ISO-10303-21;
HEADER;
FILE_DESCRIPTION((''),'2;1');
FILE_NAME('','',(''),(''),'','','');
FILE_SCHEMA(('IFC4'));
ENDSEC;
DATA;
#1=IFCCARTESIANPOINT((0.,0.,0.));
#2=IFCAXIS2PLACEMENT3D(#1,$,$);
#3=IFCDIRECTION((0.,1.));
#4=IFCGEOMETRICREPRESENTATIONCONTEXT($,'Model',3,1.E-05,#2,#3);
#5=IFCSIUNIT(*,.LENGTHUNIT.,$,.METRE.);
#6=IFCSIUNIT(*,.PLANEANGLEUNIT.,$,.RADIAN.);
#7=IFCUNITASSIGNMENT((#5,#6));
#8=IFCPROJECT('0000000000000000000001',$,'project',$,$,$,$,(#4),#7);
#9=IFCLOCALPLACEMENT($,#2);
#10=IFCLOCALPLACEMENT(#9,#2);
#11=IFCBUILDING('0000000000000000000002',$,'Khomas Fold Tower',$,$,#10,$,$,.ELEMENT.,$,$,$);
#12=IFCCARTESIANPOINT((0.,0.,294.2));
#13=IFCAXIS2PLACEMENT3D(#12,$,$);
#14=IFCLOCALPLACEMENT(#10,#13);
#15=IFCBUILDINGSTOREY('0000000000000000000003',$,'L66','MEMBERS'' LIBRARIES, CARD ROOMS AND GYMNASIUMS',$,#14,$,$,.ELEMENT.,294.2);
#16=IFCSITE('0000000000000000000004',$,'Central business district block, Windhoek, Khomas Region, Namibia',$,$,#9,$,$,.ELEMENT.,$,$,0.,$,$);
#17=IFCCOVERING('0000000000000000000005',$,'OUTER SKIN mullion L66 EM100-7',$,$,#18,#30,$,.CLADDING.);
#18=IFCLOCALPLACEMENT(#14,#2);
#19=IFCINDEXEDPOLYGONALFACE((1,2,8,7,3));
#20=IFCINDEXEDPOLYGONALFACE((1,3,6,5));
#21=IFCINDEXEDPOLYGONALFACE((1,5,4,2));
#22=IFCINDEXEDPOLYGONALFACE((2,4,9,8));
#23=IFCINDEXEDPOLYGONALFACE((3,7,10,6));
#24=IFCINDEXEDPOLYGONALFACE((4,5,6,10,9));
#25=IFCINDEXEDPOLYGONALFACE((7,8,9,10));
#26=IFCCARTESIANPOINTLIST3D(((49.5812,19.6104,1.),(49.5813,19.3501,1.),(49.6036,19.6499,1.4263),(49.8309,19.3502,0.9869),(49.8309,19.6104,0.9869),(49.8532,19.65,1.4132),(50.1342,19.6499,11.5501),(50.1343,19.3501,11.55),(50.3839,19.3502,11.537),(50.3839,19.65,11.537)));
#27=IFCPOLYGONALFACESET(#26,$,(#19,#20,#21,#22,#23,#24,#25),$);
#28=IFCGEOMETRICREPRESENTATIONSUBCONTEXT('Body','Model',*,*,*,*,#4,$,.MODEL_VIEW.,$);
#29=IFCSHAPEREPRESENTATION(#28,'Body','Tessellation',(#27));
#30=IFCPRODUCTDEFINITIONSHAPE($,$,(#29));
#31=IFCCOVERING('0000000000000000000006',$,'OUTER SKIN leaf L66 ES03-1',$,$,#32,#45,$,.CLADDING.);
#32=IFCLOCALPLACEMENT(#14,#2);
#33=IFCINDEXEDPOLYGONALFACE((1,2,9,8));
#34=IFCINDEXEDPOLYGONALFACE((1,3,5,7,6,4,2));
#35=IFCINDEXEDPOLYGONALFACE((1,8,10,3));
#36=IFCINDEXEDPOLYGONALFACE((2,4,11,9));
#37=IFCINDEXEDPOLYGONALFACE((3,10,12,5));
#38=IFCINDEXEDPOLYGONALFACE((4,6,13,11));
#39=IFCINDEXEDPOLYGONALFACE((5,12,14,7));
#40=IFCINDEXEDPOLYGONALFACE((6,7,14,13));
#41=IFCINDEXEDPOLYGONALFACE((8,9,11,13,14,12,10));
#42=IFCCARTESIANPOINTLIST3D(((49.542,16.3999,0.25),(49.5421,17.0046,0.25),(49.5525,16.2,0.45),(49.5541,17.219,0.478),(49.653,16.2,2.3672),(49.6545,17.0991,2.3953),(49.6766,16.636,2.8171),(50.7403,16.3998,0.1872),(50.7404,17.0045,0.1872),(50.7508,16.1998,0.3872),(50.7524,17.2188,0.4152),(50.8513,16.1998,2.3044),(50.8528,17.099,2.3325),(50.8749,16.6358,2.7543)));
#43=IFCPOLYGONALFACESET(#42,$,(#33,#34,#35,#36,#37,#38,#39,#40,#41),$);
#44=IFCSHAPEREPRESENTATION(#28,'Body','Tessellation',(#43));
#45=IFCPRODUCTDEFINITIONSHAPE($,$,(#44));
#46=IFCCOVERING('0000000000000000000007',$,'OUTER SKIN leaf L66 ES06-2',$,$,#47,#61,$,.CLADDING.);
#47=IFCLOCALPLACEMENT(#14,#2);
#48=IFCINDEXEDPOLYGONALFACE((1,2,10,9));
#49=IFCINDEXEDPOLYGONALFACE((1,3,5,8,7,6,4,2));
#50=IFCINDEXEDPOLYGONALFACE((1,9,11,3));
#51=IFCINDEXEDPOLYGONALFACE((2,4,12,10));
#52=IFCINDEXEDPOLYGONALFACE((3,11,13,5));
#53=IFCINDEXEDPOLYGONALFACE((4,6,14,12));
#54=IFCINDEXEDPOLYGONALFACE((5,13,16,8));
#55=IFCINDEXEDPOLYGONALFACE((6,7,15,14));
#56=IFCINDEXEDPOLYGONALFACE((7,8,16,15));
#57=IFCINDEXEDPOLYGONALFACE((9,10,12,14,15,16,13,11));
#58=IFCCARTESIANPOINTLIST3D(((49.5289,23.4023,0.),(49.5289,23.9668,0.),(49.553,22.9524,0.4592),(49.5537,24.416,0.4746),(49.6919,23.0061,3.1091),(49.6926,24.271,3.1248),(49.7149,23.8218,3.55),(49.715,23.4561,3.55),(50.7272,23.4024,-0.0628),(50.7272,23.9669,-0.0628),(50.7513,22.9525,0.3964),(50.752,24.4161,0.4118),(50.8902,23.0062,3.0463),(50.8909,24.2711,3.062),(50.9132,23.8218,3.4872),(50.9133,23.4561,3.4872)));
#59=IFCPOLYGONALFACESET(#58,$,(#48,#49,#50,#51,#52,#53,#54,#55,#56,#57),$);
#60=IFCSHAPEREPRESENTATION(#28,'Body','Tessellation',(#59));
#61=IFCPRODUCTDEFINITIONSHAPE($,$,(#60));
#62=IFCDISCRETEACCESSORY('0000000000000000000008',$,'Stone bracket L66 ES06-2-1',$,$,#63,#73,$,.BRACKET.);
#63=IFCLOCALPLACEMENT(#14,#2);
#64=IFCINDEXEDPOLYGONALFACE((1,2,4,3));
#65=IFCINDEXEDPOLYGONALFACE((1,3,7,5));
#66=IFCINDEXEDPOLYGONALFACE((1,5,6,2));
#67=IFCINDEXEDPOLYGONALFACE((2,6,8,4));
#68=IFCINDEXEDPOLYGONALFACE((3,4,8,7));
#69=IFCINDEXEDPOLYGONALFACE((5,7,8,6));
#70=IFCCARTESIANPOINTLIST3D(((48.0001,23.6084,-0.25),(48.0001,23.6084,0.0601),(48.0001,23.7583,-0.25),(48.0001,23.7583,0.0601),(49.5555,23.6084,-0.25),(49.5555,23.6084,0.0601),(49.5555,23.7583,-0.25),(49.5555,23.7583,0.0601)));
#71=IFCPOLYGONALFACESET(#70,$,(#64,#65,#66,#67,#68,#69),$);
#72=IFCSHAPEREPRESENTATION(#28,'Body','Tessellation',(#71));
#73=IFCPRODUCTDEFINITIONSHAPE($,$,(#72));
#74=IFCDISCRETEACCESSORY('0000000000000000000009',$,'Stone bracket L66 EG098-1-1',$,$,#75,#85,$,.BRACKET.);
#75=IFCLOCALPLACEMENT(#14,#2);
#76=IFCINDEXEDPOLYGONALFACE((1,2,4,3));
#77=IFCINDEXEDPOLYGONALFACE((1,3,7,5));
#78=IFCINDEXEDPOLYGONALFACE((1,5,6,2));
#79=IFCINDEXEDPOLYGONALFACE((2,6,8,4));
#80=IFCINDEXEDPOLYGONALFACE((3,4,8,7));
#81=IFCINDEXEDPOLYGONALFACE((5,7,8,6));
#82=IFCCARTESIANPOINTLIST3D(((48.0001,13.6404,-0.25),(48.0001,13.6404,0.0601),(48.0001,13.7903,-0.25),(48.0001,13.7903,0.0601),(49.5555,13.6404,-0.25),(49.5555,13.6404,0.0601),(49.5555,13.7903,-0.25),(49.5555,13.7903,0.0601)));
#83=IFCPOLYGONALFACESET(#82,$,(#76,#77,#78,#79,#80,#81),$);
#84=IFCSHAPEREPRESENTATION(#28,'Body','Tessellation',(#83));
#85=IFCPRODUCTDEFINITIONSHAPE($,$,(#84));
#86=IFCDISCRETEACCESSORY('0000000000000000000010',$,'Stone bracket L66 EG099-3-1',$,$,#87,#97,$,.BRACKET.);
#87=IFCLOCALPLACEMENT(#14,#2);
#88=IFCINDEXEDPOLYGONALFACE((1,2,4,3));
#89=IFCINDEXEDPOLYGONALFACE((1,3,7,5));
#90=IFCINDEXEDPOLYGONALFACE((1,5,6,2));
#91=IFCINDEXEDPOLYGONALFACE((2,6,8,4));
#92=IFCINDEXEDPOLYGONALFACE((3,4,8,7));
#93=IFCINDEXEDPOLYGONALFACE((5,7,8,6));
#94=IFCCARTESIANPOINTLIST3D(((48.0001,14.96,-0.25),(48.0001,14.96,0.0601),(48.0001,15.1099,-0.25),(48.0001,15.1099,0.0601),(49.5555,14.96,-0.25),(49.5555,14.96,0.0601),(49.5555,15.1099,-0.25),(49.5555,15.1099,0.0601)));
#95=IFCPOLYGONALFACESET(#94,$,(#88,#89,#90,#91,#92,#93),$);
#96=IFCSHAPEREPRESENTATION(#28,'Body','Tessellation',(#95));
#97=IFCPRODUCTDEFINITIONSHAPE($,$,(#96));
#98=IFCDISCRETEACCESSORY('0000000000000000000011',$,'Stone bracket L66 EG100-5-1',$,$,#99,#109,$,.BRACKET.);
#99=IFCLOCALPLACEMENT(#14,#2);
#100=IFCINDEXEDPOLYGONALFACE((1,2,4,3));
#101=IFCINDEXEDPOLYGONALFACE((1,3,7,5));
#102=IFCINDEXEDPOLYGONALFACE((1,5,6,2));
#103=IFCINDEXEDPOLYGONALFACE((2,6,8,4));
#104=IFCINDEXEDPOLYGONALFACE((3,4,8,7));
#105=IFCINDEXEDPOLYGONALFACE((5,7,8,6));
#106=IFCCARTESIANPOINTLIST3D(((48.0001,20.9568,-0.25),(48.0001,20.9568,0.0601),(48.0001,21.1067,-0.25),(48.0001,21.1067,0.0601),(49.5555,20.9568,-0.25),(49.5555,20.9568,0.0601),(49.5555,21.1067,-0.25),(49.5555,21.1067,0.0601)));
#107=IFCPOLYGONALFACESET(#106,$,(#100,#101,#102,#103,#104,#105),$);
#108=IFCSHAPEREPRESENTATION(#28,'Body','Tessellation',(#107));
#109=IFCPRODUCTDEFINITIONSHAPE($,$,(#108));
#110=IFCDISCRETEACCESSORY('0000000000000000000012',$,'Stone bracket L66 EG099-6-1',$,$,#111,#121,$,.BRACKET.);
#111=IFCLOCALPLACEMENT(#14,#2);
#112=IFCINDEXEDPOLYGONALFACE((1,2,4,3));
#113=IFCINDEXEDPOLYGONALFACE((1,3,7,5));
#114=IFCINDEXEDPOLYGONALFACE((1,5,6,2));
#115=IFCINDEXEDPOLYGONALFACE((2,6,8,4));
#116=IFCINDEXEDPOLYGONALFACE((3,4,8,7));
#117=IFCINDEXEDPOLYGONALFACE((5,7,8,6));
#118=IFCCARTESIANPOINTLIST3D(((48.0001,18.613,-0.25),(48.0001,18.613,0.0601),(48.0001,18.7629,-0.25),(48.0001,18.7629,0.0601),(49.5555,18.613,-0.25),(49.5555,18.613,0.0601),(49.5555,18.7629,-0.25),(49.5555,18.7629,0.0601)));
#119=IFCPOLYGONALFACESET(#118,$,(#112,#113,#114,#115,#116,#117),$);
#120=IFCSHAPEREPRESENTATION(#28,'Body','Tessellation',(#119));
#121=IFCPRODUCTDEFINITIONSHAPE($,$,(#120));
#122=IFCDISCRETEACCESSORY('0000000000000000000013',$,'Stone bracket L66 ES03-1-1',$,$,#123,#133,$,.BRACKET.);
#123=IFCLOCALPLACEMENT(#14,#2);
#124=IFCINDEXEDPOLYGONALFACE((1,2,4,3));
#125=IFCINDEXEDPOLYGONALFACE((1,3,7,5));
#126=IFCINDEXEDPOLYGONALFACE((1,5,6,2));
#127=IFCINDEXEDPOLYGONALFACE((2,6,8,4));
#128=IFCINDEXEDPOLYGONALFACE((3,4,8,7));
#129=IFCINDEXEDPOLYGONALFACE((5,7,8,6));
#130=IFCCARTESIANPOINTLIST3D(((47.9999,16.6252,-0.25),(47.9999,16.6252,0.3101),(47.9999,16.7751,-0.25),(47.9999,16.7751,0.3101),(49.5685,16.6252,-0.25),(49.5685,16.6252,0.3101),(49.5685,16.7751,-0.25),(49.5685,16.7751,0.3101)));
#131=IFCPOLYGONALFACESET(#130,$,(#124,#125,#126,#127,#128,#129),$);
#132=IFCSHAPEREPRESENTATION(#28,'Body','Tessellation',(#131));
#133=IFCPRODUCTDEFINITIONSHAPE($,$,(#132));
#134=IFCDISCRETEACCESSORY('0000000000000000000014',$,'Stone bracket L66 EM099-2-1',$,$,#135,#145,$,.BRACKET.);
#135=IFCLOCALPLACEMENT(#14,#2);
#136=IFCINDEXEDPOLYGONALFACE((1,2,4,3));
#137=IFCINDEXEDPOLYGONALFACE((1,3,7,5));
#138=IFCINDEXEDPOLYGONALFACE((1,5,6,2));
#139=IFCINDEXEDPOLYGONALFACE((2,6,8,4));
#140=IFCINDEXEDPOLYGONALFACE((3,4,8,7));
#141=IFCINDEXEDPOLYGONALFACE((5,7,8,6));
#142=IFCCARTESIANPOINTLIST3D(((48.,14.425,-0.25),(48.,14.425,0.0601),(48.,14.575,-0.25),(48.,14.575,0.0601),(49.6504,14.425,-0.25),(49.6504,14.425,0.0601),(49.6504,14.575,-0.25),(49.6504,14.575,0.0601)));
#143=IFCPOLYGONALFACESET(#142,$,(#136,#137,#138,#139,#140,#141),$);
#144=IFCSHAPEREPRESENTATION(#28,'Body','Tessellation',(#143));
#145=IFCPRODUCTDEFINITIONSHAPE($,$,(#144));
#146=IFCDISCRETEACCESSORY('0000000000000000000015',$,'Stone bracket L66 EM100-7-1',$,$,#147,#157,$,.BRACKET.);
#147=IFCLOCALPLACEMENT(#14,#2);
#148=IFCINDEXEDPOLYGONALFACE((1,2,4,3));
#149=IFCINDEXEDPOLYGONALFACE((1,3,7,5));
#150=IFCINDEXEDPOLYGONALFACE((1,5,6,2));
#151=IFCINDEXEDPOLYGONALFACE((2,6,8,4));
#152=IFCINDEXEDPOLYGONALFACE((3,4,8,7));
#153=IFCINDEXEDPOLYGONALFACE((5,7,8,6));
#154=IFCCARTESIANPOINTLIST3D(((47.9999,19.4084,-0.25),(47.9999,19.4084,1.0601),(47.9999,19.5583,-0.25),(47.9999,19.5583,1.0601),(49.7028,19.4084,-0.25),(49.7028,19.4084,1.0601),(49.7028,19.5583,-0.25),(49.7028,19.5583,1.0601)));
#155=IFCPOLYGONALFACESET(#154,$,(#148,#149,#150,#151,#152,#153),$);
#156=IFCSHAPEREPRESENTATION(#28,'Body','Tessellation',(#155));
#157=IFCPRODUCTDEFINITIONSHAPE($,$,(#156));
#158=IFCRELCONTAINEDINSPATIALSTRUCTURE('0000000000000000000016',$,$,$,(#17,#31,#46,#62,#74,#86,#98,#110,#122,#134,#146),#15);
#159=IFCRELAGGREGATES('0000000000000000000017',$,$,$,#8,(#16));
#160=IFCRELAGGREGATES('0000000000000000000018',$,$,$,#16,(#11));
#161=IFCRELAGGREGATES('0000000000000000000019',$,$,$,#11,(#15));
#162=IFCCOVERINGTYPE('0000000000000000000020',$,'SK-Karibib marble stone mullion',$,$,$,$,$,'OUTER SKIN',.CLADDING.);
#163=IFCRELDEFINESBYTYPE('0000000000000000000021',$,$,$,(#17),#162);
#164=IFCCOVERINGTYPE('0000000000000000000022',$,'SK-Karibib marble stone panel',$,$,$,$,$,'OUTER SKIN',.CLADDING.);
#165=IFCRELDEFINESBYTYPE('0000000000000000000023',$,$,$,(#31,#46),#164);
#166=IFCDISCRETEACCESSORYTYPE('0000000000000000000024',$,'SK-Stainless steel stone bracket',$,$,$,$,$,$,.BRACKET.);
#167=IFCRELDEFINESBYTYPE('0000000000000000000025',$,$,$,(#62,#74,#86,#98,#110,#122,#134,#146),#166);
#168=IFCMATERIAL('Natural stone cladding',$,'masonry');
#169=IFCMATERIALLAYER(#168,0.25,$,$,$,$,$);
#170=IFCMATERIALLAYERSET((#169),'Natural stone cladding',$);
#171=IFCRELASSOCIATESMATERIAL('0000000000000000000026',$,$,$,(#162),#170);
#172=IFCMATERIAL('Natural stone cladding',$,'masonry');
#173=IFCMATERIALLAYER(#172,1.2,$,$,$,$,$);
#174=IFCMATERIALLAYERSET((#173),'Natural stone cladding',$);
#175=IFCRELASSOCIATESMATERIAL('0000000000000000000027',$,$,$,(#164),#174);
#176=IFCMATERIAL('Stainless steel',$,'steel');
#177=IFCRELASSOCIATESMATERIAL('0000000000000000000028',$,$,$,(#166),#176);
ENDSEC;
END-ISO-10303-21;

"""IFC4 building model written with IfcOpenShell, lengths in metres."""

from ifc_helpers import new_model, si_unit, direction, frame, origin, origin_2d, place, context, subcontext, project, spatial, polyline, rectangle, outline, extrude, source, transform, mapped, material, layer, layer_set, type_object, element, save


model = new_model("IFC4")

# Units and contexts
model_context = context("Model", 3, precision=1e-05, world=origin(), true_north=direction((0.0, 1.0)))
body_context = subcontext(model_context, "Body", "Model", "MODEL_VIEW")
ifc_project = project(units=[si_unit("LENGTHUNIT", "METRE"), si_unit("PLANEANGLEUNIT", "RADIAN")], contexts=[model_context])

# Site, building, storey
site_placement = place(None, origin())
site = spatial("IfcSite", under=ifc_project, at=site_placement, Name="Central business district block, Windhoek, Khomas Region, Namibia", CompositionType="ELEMENT", RefElevation=0.0)
building_placement = place(site_placement, origin())
building = spatial("IfcBuilding", under=site, at=building_placement, Name="Khomas Fold Tower", CompositionType="ELEMENT")
storey_placement = place(building_placement, frame((0.0, 0.0, 294.2)))
storey = spatial("IfcBuildingStorey", under=building, at=storey_placement, Name="L66", Description="MEMBERS' LIBRARIES, CARD ROOMS AND GYMNASIUMS", CompositionType="ELEMENT", Elevation=294.2)

# Coverings
ifc_material_1 = material(Name="Natural stone cladding", Category="masonry")
ifc_layer_1 = layer(ifc_material_1, 0.25)
ifc_layer_set_1 = layer_set([ifc_layer_1], Name="Natural stone cladding")
covering_type_1 = type_object("IfcCoveringType", Name="SK-Karibib marble stone mullion", ElementType="OUTER SKIN", PredefinedType="CLADDING", material=ifc_layer_set_1)
covering_1_placement = place(storey_placement, frame((50.1343, 19.3501, 11.55), z_axis=(-0.998629, -0.00021, 0.052344), x_axis=(-0.00021, 1.0, 0.000011)))
element("IfcCovering", 1, at=covering_1_placement, inside=storey, type_object=covering_type_1, Name="OUTER SKIN mullion L66 EM100-7", PredefinedType="CLADDING", context=body_context, shape_type="SweptSolid", body=[
    extrude(outline(polyline([(0.0, 0.0), (0.2998, 0.0), (0.2998, 10.1377), (0.2603, 10.5645), (0.0, 10.5645), (0.0, 0.0)])), origin(), (0.0, 0.0, -1.0), 0.25),
])
ifc_material_2 = material(Name="Natural stone cladding", Category="masonry")
ifc_layer_2 = layer(ifc_material_2, 1.2)
ifc_layer_set_2 = layer_set([ifc_layer_2], Name="Natural stone cladding")
covering_type_2 = type_object("IfcCoveringType", Name="SK-Karibib marble stone panel", ElementType="OUTER SKIN", PredefinedType="CLADDING", material=ifc_layer_set_2)
covering_2_placement = place(storey_placement, frame((49.6545, 17.0991, 2.3953), z_axis=(-0.99863, 0.000123, 0.052336), x_axis=(-0.052226, 0.062317, -0.996689)))
element("IfcCovering", 2, at=covering_2_placement, inside=storey, type_object=covering_type_2, Name="OUTER SKIN leaf L66 ES03-1", PredefinedType="CLADDING", context=body_context, shape_type="SweptSolid", body=[
    extrude(outline(polyline([(0.0, 0.0), (1.9236, 0.0), (2.1382, 0.2282), (2.1005, 0.8317), (1.8882, 1.0188), (-0.028, 0.8992), (-0.4505, 0.4359), (0.0, 0.0)])), origin(), (0.0, 0.0, -1.0), 1.2),
])
covering_3_placement = place(storey_placement, frame((49.6926, 24.271, 3.1248), z_axis=(-0.998629, -0.000056, 0.05234), x_axis=(-0.052265, 0.054565, -0.997141)))
element("IfcCovering", 3, at=covering_3_placement, inside=storey, type_object=covering_type_2, Name="OUTER SKIN leaf L66 ES06-2", PredefinedType="CLADDING", context=body_context, shape_type="SweptSolid", body=[
    extrude(outline(polyline([(0.0, 0.0), (2.6577, 0.0), (3.1078, 0.4745), (3.077, 1.0381), (2.5933, 1.4623), (-0.0534, 1.2639), (-0.4697, 0.7905), (-0.4497, 0.4253), (0.0, 0.0)])), origin(), (0.0, 0.0, -1.0), 1.2),
])

# Discrete accessories
ifc_material_3 = material(Name="Stainless steel", Category="steel")
discrete_accessory_type = type_object("IfcDiscreteAccessoryType", Name="SK-Stainless steel stone bracket", PredefinedType="BRACKET", material=ifc_material_3)
shared_shape_1 = source(origin(), body_context, "Body", "SweptSolid", [
    extrude(rectangle(XDim=1.5554, YDim=0.1499, at=origin_2d()), origin(), (0.0, 0.0, 1.0), 0.3101),
])
for number, where, z_axis, x_axis, name in (
    (4, (48.7778, 23.6833, -0.25), (0.0, 0.0, 1.0), (1.0, 0.0, 0.0), "Stone bracket L66 ES06-2-1"),
    (5, (48.7778, 13.7153, -0.25), (0.0, 0.0, 1.0), (1.0, 0.0, 0.0), "Stone bracket L66 EG098-1-1"),
    (6, (48.7778, 15.0349, -0.25), (0.0, 0.0, 1.0), (1.0, 0.0, 0.0), "Stone bracket L66 EG099-3-1"),
    (7, (48.7778, 21.0317, -0.25), (0.0, 0.0, 1.0), (1.0, 0.0, 0.0), "Stone bracket L66 EG100-5-1"),
    (8, (48.7778, 18.688, -0.25), (0.0, 0.0, 1.0), (1.0, 0.0, 0.0), "Stone bracket L66 EG099-6-1"),
):
    element("IfcDiscreteAccessory", number, at=place(storey_placement, frame(where, z_axis=z_axis, x_axis=x_axis)), inside=storey, type_object=discrete_accessory_type, Name=name, PredefinedType="BRACKET", context=body_context, shape_type="MappedRepresentation", body=[
        mapped(shared_shape_1, transform((0.0, 0.0, 0.0))),
    ])
shared_shape_2 = source(origin(), body_context, "Body", "SweptSolid", [
    extrude(rectangle(XDim=1.5686, YDim=0.1499, at=origin_2d()), origin(), (0.0, 0.0, 1.0), 0.5601),
])
discrete_accessory_1_placement = place(storey_placement, frame((48.7842, 16.7002, -0.25), z_axis=(0.0, 0.0, 1.0), x_axis=(1.0, 0.0, 0.0)))
element("IfcDiscreteAccessory", 9, at=discrete_accessory_1_placement, inside=storey, type_object=discrete_accessory_type, Name="Stone bracket L66 ES03-1-1", PredefinedType="BRACKET", context=body_context, shape_type="MappedRepresentation", body=[
    mapped(shared_shape_2, transform((0.0, 0.0, 0.0))),
])
shared_shape_3 = source(origin(), body_context, "Body", "SweptSolid", [
    extrude(rectangle(XDim=1.6504, YDim=0.1499, at=origin_2d()), origin(), (0.0, 0.0, 1.0), 0.3101),
])
discrete_accessory_2_placement = place(storey_placement, frame((48.8252, 14.5, -0.25), z_axis=(0.0, 0.0, 1.0), x_axis=(1.0, 0.0, 0.0)))
element("IfcDiscreteAccessory", 10, at=discrete_accessory_2_placement, inside=storey, type_object=discrete_accessory_type, Name="Stone bracket L66 EM099-2-1", PredefinedType="BRACKET", context=body_context, shape_type="MappedRepresentation", body=[
    mapped(shared_shape_3, transform((0.0, 0.0, 0.0))),
])
shared_shape_4 = source(origin(), body_context, "Body", "SweptSolid", [
    extrude(rectangle(XDim=1.7029, YDim=0.1499, at=origin_2d()), origin(), (0.0, 0.0, 1.0), 1.3101),
])
discrete_accessory_3_placement = place(storey_placement, frame((48.8513, 19.4834, -0.25), z_axis=(0.0, 0.0, 1.0), x_axis=(1.0, 0.0, 0.0)))
element("IfcDiscreteAccessory", 11, at=discrete_accessory_3_placement, inside=storey, type_object=discrete_accessory_type, Name="Stone bracket L66 EM100-7-1", PredefinedType="BRACKET", context=body_context, shape_type="MappedRepresentation", body=[
    mapped(shared_shape_4, transform((0.0, 0.0, 0.0))),
])

save(model, "model.ifc")
